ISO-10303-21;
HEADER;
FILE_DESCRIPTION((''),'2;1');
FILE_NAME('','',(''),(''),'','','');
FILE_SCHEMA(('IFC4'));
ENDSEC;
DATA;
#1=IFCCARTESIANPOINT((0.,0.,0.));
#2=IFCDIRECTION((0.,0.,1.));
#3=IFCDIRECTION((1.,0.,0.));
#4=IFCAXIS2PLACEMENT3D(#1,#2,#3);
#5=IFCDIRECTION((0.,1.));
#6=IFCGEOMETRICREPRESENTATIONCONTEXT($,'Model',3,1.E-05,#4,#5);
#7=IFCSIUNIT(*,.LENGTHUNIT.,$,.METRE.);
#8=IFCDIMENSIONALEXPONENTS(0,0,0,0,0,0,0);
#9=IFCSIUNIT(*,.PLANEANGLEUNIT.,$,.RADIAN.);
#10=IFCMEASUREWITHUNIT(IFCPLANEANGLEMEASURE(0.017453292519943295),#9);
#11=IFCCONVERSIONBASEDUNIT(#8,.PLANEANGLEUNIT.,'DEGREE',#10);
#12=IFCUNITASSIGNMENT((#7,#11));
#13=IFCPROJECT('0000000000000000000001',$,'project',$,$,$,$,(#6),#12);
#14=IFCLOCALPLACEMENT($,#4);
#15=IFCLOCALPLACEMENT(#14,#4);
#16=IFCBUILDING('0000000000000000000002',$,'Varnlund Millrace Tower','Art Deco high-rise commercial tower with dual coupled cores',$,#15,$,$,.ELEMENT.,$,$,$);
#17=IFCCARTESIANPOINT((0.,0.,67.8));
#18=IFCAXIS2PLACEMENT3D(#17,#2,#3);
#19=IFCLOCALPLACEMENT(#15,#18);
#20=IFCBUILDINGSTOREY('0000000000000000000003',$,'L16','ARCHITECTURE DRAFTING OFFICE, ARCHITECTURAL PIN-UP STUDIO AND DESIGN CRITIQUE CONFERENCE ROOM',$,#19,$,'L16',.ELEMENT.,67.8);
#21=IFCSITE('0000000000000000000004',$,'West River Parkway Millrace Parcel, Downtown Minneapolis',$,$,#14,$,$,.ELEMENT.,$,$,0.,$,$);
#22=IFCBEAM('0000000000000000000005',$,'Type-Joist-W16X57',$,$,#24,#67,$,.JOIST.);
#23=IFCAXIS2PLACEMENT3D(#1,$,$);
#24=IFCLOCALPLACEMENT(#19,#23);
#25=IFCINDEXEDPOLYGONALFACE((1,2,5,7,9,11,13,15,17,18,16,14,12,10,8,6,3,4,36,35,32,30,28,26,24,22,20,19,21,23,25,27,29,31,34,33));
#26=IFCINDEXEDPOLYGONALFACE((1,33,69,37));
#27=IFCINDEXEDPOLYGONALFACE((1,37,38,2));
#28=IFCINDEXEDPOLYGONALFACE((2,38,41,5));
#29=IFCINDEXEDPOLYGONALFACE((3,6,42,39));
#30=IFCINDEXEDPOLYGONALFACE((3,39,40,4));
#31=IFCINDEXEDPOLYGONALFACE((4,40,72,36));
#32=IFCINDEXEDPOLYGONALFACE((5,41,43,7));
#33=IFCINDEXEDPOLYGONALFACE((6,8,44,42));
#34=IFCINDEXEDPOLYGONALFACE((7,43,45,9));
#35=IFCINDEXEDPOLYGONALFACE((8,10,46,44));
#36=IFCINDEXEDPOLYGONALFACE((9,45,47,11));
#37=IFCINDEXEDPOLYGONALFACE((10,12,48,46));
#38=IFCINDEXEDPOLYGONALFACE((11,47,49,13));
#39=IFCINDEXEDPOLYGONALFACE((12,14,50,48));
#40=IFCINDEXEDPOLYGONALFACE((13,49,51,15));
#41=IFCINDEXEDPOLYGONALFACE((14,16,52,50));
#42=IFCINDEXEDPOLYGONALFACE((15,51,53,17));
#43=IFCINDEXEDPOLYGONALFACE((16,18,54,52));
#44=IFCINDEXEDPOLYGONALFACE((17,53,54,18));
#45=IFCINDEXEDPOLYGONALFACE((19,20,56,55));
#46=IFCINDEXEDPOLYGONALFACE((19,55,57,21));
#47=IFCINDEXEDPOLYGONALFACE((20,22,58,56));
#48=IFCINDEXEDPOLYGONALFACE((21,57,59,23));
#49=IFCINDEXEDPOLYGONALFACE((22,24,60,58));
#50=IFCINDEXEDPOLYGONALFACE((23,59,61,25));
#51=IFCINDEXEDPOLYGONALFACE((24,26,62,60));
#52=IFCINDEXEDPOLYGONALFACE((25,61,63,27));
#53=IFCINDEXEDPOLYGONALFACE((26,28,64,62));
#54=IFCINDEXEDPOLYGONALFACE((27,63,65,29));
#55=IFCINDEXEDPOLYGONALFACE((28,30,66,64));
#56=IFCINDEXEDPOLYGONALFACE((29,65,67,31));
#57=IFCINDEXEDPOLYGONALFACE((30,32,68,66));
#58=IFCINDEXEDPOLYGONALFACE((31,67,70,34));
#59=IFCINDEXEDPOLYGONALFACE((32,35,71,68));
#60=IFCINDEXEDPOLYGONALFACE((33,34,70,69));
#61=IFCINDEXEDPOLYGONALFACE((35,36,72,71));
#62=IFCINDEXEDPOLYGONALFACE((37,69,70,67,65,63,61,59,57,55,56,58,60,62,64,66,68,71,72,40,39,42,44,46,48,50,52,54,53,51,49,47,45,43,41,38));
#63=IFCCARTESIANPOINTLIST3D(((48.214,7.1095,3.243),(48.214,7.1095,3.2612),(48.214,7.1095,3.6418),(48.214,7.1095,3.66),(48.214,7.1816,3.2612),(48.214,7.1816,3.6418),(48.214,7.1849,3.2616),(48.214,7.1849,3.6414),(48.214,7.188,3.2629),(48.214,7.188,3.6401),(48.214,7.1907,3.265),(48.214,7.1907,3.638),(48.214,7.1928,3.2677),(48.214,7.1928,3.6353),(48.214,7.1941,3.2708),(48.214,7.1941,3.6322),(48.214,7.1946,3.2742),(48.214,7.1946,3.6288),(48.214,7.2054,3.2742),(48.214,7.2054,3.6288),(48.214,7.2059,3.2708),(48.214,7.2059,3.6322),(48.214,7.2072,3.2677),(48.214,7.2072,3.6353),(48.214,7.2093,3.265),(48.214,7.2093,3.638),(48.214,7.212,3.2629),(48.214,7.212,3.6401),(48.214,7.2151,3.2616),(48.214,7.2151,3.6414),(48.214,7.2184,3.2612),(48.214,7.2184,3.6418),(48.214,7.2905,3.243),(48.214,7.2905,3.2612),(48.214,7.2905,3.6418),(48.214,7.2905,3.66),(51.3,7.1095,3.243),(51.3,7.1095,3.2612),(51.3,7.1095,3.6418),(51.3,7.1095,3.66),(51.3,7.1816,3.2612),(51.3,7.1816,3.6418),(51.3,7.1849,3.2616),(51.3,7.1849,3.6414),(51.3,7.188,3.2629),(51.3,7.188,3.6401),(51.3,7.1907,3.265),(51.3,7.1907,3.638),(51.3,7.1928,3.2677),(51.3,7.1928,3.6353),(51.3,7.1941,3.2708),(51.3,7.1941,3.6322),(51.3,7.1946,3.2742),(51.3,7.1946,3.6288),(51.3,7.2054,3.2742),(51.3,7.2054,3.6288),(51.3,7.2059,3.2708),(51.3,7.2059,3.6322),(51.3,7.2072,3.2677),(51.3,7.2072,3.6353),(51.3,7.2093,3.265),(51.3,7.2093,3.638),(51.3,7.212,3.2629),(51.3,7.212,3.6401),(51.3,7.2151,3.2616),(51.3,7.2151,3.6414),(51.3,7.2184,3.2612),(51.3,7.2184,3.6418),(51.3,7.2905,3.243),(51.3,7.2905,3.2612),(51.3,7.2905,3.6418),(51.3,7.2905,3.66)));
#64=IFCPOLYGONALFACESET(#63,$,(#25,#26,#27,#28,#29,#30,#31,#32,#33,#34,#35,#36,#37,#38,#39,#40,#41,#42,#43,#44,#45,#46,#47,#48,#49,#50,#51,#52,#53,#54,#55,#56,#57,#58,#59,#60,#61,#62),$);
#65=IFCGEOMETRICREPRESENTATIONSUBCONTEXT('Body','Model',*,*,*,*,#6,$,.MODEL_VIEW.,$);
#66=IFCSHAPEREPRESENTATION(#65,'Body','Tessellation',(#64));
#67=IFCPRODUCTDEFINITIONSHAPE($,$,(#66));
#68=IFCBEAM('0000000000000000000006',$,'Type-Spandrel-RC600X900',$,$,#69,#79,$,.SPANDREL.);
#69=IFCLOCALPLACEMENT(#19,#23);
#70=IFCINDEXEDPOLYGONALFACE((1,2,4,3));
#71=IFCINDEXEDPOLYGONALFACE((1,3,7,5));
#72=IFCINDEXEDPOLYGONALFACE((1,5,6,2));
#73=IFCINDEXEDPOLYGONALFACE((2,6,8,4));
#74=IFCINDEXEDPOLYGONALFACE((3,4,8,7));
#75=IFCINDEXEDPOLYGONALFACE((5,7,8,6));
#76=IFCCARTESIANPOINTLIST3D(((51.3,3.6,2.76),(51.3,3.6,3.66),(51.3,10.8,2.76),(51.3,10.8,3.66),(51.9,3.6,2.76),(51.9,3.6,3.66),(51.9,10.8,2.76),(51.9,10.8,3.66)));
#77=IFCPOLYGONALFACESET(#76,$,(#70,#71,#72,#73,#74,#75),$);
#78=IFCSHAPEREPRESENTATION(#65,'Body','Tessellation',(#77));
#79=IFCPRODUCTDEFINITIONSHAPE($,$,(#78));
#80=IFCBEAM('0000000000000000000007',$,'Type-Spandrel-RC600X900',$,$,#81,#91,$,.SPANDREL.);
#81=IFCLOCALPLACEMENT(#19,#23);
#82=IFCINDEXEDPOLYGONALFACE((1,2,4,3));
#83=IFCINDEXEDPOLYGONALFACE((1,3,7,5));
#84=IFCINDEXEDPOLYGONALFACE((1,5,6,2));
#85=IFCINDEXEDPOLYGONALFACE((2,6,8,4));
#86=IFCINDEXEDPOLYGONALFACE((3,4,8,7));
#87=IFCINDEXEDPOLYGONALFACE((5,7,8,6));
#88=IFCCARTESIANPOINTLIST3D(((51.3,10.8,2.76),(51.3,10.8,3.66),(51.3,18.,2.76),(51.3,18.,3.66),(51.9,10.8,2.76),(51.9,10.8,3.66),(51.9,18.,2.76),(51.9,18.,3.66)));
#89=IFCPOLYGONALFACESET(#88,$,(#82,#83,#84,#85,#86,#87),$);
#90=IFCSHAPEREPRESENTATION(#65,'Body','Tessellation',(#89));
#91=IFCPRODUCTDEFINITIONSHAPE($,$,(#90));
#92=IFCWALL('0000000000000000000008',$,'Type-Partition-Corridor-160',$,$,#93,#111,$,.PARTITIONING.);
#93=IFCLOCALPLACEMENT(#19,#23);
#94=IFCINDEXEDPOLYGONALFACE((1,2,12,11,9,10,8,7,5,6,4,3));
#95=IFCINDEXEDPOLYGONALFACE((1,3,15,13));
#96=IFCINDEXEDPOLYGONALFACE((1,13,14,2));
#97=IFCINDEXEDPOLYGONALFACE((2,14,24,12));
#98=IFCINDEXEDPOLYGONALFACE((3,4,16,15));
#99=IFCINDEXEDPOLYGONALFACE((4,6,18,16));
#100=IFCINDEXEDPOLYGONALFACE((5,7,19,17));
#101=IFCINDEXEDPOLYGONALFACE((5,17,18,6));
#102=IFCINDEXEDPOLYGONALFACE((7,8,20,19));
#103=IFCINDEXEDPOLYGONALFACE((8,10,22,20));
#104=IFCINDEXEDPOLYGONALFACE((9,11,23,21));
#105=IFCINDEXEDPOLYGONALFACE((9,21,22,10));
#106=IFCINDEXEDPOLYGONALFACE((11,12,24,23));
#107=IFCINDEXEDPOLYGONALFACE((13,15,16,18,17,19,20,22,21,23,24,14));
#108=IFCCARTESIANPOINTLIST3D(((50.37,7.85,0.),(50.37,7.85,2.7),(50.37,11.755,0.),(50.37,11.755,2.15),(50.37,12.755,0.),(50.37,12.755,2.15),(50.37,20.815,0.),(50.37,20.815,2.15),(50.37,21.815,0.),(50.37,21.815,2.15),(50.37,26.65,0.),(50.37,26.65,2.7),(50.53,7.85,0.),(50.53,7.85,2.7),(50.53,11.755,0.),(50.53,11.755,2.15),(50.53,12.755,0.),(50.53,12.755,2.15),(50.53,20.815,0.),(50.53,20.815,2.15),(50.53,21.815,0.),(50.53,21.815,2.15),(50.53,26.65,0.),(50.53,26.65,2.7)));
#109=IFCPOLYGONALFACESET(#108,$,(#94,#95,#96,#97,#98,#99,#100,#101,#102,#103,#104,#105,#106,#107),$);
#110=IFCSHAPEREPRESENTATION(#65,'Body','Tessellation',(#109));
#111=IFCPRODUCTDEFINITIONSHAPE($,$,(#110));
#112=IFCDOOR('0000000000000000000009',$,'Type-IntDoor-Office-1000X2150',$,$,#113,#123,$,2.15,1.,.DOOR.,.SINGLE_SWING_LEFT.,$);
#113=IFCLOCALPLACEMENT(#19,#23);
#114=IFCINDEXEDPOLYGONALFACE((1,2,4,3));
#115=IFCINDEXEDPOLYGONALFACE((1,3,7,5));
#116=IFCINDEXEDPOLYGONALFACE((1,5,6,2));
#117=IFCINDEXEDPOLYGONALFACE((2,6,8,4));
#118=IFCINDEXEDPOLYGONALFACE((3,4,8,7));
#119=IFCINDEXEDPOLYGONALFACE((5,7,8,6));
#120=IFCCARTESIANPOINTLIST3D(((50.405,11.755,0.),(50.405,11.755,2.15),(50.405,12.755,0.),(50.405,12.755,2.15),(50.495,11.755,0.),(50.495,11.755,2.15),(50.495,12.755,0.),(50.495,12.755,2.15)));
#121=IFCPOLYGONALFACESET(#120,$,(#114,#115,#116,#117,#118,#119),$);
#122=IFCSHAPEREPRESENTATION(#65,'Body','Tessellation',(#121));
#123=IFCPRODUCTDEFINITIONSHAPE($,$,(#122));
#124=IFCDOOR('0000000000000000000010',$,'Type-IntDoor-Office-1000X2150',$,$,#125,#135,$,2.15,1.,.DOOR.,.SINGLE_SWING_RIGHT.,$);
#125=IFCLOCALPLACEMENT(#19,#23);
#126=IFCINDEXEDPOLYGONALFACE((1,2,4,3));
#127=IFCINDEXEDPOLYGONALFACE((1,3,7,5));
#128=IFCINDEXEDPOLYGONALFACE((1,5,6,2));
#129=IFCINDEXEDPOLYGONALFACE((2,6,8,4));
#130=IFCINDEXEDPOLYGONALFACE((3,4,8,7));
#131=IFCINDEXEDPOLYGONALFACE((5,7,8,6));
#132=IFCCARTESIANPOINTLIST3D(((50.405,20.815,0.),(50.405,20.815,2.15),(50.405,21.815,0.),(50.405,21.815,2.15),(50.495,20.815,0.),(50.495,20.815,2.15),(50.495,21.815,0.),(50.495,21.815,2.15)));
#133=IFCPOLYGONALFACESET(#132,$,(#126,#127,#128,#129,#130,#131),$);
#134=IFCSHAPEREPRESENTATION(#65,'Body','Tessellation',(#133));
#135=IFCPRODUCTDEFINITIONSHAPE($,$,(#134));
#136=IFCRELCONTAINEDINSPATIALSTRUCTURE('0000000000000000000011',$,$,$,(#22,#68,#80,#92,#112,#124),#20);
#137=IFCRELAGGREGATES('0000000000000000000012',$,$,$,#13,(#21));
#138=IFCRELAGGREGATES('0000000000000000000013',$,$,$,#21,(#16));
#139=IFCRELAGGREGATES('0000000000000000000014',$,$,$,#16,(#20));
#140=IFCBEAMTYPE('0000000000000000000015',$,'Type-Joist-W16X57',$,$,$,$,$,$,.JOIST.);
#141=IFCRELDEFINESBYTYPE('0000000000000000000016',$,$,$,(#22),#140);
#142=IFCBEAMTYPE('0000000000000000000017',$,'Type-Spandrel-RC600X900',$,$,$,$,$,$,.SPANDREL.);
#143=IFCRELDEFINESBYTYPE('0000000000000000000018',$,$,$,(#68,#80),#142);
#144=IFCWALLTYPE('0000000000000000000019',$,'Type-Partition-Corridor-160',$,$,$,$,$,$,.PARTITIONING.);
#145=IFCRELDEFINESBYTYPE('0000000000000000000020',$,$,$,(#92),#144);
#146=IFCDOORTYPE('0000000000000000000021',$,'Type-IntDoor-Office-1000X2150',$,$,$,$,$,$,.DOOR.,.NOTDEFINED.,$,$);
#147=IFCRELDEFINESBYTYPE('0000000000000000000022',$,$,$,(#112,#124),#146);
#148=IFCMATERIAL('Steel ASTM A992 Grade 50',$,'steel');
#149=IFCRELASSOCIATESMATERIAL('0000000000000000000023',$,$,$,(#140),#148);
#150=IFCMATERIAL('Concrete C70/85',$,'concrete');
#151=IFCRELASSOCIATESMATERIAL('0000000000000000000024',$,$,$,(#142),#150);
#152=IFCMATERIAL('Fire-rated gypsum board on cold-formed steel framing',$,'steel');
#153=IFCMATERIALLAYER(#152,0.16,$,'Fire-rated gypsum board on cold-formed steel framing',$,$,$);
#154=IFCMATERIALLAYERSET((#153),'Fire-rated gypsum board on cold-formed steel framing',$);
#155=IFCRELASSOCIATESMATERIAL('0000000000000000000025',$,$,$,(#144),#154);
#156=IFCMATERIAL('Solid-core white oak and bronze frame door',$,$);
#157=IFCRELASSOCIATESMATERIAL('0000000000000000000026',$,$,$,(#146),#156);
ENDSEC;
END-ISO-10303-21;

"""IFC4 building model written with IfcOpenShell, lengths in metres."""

from ifc_helpers import new_model, entity, si_unit, converted_unit, direction, frame, origin_with_axes, origin_2d_with_axis, place, context, subcontext, project, spatial, polyline, rectangle, i_section, outline, extrude, material, layer, layer_set, material_profile, profile_set, type_object, element, fill, save


model = new_model("IFC4")

# Units and contexts
model_context = context("Model", 3, precision=1e-05, world=origin_with_axes(), true_north=direction((0.0, 1.0)))
body_context = subcontext(model_context, "Body", "Model", "MODEL_VIEW")
ifc_project = project(units=[si_unit("LENGTHUNIT", "METRE"), converted_unit("PLANEANGLEUNIT", "DEGREE", entity("IfcPlaneAngleMeasure", 0.017453292519943295), si_unit("PLANEANGLEUNIT", "RADIAN"), dimensions=[0, 0, 0, 0, 0, 0, 0])], contexts=[model_context])

# Site, building, storey
site_placement = place(None, origin_with_axes())
site = spatial("IfcSite", under=ifc_project, at=site_placement, Name="West River Parkway Millrace Parcel, Downtown Minneapolis", CompositionType="ELEMENT", RefElevation=0.0)
building_placement = place(site_placement, origin_with_axes())
building = spatial("IfcBuilding", under=site, at=building_placement, Name="Varnlund Millrace Tower", Description="Art Deco high-rise commercial tower with dual coupled cores", CompositionType="ELEMENT")
storey_placement = place(building_placement, frame((0.0, 0.0, 67.8), z_axis=(0.0, 0.0, 1.0), x_axis=(1.0, 0.0, 0.0)))
storey = spatial("IfcBuildingStorey", under=building, at=storey_placement, Name="L16", Description="ARCHITECTURE DRAFTING OFFICE, ARCHITECTURAL PIN-UP STUDIO AND DESIGN CRITIQUE CONFERENCE ROOM", LongName="L16", CompositionType="ELEMENT", Elevation=67.8)

# Beams
ifc_material_1 = material(Name="Steel ASTM A992 Grade 50", Category="steel")
ifc_material_profile_1 = material_profile(ifc_material_1, i_section(OverallWidth=0.181, OverallDepth=0.417, WebThickness=0.0109, FlangeThickness=0.0182, FilletRadius=0.013, at=origin_2d_with_axis()), Name="Steel ASTM A992 Grade 50")
ifc_profile_set_1 = profile_set([ifc_material_profile_1], Name="Steel ASTM A992 Grade 50")
beam_type_1 = type_object("IfcBeamType", Name="Type-Joist-W16X57", PredefinedType="JOIST", material=ifc_profile_set_1)
beam_1_placement = place(storey_placement, frame((48.214, 7.2, 3.4515), z_axis=(1.0, 0.0, 0.0), x_axis=(0.0, 1.0, 0.0)))
element("IfcBeam", 1, at=beam_1_placement, inside=storey, type_object=beam_type_1, Name="Type-Joist-W16X57", PredefinedType="JOIST", context=body_context, shape_type="SweptSolid", body=[
    extrude(i_section(OverallWidth=0.181, OverallDepth=0.417, WebThickness=0.0109, FlangeThickness=0.0182, FilletRadius=0.013, at=origin_2d_with_axis()), origin_with_axes(), (0.0, 0.0, 1.0), 3.086),
])
ifc_material_2 = material(Name="Concrete C70/85", Category="concrete")
ifc_material_profile_2 = material_profile(ifc_material_2, rectangle(XDim=0.6, YDim=0.9, at=origin_2d_with_axis()), Name="Concrete C70/85")
ifc_profile_set_2 = profile_set([ifc_material_profile_2], Name="Concrete C70/85")
beam_type_2 = type_object("IfcBeamType", Name="Type-Spandrel-RC600X900", PredefinedType="SPANDREL", material=ifc_profile_set_2)
for number, where, z_axis, x_axis, name in (
    (2, (51.6, 3.6, 3.21), (0.0, 1.0, 0.0), (-1.0, 0.0, 0.0), "Type-Spandrel-RC600X900"),
    (3, (51.6, 10.8, 3.21), (0.0, 1.0, 0.0), (-1.0, 0.0, 0.0), "Type-Spandrel-RC600X900"),
):
    element("IfcBeam", number, at=place(storey_placement, frame(where, z_axis=z_axis, x_axis=x_axis)), inside=storey, type_object=beam_type_2, Name=name, PredefinedType="SPANDREL", context=body_context, shape_type="SweptSolid", body=[
        extrude(rectangle(XDim=0.6, YDim=0.9, at=origin_2d_with_axis()), origin_with_axes(), (0.0, 0.0, 1.0), 7.2),
    ])

# Wall, openings, doors
ifc_material_3 = material(Name="Fire-rated gypsum board on cold-formed steel framing", Category="steel")
ifc_layer = layer(ifc_material_3, 0.16, Name="Fire-rated gypsum board on cold-formed steel framing")
ifc_layer_set = layer_set([ifc_layer], Name="Fire-rated gypsum board on cold-formed steel framing")
wall_type = type_object("IfcWallType", Name="Type-Partition-Corridor-160", PredefinedType="PARTITIONING", material=ifc_layer_set)
wall_placement = place(storey_placement, frame((50.45, 7.85, 0.0), z_axis=(0.0, 0.0, 1.0), x_axis=(0.0, 1.0, 0.0)))
wall = element("IfcWall", 4, at=wall_placement, inside=storey, type_object=wall_type, Name="Type-Partition-Corridor-160", PredefinedType="PARTITIONING", context=body_context, shape_type="SweptSolid", body=[
    extrude(outline(polyline([(0.0, -0.08), (18.8, -0.08), (18.8, 0.08), (0.0, 0.08), (0.0, -0.08)])), origin_with_axes(), (0.0, 0.0, 1.0), 2.7),
])
opening_1_placement = place(wall_placement, frame((4.405, 0.0, 0.0), z_axis=(0.0, 0.0, 1.0), x_axis=(1.0, 0.0, 0.0)))
opening_1 = element("IfcOpeningElement", 5, at=opening_1_placement, cuts=wall, PredefinedType="OPENING", context=body_context, shape_type="SweptSolid", body=[
    extrude(rectangle(XDim=1.0, YDim=0.18, at=origin_2d_with_axis()), origin_with_axes(), (0.0, 0.0, 1.0), 2.15),
])
opening_2_placement = place(wall_placement, frame((13.465, 0.0, 0.0), z_axis=(0.0, 0.0, 1.0), x_axis=(1.0, 0.0, 0.0)))
opening_2 = element("IfcOpeningElement", 6, at=opening_2_placement, cuts=wall, PredefinedType="OPENING", context=body_context, shape_type="SweptSolid", body=[
    extrude(rectangle(XDim=1.0, YDim=0.18, at=origin_2d_with_axis()), origin_with_axes(), (0.0, 0.0, 1.0), 2.15),
])
ifc_material_4 = material(Name="Solid-core white oak and bronze frame door")
door_type = type_object("IfcDoorType", Name="Type-IntDoor-Office-1000X2150", OperationType="NOTDEFINED", PredefinedType="DOOR", material=ifc_material_4)
door_1_placement = place(wall_placement, frame((4.405, 0.0, 0.0), z_axis=(0.0, 0.0, 1.0), x_axis=(1.0, 0.0, 0.0)))
door_1 = element("IfcDoor", 7, at=door_1_placement, inside=storey, type_object=door_type, Name="Type-IntDoor-Office-1000X2150", OperationType="SINGLE_SWING_LEFT", OverallHeight=2.15, OverallWidth=1.0, PredefinedType="DOOR", context=body_context, shape_type="SweptSolid", body=[
    extrude(rectangle(XDim=1.0, YDim=0.09, at=origin_2d_with_axis()), origin_with_axes(), (0.0, 0.0, 1.0), 2.15),
])
fill(opening_1, door_1)
door_2_placement = place(wall_placement, frame((13.465, 0.0, 0.0), z_axis=(0.0, 0.0, 1.0), x_axis=(1.0, 0.0, 0.0)))
door_2 = element("IfcDoor", 8, at=door_2_placement, inside=storey, type_object=door_type, Name="Type-IntDoor-Office-1000X2150", OperationType="SINGLE_SWING_RIGHT", OverallHeight=2.15, OverallWidth=1.0, PredefinedType="DOOR", context=body_context, shape_type="SweptSolid", body=[
    extrude(rectangle(XDim=1.0, YDim=0.09, at=origin_2d_with_axis()), origin_with_axes(), (0.0, 0.0, 1.0), 2.15),
])
fill(opening_2, door_2)

save(model, "model.ifc")
